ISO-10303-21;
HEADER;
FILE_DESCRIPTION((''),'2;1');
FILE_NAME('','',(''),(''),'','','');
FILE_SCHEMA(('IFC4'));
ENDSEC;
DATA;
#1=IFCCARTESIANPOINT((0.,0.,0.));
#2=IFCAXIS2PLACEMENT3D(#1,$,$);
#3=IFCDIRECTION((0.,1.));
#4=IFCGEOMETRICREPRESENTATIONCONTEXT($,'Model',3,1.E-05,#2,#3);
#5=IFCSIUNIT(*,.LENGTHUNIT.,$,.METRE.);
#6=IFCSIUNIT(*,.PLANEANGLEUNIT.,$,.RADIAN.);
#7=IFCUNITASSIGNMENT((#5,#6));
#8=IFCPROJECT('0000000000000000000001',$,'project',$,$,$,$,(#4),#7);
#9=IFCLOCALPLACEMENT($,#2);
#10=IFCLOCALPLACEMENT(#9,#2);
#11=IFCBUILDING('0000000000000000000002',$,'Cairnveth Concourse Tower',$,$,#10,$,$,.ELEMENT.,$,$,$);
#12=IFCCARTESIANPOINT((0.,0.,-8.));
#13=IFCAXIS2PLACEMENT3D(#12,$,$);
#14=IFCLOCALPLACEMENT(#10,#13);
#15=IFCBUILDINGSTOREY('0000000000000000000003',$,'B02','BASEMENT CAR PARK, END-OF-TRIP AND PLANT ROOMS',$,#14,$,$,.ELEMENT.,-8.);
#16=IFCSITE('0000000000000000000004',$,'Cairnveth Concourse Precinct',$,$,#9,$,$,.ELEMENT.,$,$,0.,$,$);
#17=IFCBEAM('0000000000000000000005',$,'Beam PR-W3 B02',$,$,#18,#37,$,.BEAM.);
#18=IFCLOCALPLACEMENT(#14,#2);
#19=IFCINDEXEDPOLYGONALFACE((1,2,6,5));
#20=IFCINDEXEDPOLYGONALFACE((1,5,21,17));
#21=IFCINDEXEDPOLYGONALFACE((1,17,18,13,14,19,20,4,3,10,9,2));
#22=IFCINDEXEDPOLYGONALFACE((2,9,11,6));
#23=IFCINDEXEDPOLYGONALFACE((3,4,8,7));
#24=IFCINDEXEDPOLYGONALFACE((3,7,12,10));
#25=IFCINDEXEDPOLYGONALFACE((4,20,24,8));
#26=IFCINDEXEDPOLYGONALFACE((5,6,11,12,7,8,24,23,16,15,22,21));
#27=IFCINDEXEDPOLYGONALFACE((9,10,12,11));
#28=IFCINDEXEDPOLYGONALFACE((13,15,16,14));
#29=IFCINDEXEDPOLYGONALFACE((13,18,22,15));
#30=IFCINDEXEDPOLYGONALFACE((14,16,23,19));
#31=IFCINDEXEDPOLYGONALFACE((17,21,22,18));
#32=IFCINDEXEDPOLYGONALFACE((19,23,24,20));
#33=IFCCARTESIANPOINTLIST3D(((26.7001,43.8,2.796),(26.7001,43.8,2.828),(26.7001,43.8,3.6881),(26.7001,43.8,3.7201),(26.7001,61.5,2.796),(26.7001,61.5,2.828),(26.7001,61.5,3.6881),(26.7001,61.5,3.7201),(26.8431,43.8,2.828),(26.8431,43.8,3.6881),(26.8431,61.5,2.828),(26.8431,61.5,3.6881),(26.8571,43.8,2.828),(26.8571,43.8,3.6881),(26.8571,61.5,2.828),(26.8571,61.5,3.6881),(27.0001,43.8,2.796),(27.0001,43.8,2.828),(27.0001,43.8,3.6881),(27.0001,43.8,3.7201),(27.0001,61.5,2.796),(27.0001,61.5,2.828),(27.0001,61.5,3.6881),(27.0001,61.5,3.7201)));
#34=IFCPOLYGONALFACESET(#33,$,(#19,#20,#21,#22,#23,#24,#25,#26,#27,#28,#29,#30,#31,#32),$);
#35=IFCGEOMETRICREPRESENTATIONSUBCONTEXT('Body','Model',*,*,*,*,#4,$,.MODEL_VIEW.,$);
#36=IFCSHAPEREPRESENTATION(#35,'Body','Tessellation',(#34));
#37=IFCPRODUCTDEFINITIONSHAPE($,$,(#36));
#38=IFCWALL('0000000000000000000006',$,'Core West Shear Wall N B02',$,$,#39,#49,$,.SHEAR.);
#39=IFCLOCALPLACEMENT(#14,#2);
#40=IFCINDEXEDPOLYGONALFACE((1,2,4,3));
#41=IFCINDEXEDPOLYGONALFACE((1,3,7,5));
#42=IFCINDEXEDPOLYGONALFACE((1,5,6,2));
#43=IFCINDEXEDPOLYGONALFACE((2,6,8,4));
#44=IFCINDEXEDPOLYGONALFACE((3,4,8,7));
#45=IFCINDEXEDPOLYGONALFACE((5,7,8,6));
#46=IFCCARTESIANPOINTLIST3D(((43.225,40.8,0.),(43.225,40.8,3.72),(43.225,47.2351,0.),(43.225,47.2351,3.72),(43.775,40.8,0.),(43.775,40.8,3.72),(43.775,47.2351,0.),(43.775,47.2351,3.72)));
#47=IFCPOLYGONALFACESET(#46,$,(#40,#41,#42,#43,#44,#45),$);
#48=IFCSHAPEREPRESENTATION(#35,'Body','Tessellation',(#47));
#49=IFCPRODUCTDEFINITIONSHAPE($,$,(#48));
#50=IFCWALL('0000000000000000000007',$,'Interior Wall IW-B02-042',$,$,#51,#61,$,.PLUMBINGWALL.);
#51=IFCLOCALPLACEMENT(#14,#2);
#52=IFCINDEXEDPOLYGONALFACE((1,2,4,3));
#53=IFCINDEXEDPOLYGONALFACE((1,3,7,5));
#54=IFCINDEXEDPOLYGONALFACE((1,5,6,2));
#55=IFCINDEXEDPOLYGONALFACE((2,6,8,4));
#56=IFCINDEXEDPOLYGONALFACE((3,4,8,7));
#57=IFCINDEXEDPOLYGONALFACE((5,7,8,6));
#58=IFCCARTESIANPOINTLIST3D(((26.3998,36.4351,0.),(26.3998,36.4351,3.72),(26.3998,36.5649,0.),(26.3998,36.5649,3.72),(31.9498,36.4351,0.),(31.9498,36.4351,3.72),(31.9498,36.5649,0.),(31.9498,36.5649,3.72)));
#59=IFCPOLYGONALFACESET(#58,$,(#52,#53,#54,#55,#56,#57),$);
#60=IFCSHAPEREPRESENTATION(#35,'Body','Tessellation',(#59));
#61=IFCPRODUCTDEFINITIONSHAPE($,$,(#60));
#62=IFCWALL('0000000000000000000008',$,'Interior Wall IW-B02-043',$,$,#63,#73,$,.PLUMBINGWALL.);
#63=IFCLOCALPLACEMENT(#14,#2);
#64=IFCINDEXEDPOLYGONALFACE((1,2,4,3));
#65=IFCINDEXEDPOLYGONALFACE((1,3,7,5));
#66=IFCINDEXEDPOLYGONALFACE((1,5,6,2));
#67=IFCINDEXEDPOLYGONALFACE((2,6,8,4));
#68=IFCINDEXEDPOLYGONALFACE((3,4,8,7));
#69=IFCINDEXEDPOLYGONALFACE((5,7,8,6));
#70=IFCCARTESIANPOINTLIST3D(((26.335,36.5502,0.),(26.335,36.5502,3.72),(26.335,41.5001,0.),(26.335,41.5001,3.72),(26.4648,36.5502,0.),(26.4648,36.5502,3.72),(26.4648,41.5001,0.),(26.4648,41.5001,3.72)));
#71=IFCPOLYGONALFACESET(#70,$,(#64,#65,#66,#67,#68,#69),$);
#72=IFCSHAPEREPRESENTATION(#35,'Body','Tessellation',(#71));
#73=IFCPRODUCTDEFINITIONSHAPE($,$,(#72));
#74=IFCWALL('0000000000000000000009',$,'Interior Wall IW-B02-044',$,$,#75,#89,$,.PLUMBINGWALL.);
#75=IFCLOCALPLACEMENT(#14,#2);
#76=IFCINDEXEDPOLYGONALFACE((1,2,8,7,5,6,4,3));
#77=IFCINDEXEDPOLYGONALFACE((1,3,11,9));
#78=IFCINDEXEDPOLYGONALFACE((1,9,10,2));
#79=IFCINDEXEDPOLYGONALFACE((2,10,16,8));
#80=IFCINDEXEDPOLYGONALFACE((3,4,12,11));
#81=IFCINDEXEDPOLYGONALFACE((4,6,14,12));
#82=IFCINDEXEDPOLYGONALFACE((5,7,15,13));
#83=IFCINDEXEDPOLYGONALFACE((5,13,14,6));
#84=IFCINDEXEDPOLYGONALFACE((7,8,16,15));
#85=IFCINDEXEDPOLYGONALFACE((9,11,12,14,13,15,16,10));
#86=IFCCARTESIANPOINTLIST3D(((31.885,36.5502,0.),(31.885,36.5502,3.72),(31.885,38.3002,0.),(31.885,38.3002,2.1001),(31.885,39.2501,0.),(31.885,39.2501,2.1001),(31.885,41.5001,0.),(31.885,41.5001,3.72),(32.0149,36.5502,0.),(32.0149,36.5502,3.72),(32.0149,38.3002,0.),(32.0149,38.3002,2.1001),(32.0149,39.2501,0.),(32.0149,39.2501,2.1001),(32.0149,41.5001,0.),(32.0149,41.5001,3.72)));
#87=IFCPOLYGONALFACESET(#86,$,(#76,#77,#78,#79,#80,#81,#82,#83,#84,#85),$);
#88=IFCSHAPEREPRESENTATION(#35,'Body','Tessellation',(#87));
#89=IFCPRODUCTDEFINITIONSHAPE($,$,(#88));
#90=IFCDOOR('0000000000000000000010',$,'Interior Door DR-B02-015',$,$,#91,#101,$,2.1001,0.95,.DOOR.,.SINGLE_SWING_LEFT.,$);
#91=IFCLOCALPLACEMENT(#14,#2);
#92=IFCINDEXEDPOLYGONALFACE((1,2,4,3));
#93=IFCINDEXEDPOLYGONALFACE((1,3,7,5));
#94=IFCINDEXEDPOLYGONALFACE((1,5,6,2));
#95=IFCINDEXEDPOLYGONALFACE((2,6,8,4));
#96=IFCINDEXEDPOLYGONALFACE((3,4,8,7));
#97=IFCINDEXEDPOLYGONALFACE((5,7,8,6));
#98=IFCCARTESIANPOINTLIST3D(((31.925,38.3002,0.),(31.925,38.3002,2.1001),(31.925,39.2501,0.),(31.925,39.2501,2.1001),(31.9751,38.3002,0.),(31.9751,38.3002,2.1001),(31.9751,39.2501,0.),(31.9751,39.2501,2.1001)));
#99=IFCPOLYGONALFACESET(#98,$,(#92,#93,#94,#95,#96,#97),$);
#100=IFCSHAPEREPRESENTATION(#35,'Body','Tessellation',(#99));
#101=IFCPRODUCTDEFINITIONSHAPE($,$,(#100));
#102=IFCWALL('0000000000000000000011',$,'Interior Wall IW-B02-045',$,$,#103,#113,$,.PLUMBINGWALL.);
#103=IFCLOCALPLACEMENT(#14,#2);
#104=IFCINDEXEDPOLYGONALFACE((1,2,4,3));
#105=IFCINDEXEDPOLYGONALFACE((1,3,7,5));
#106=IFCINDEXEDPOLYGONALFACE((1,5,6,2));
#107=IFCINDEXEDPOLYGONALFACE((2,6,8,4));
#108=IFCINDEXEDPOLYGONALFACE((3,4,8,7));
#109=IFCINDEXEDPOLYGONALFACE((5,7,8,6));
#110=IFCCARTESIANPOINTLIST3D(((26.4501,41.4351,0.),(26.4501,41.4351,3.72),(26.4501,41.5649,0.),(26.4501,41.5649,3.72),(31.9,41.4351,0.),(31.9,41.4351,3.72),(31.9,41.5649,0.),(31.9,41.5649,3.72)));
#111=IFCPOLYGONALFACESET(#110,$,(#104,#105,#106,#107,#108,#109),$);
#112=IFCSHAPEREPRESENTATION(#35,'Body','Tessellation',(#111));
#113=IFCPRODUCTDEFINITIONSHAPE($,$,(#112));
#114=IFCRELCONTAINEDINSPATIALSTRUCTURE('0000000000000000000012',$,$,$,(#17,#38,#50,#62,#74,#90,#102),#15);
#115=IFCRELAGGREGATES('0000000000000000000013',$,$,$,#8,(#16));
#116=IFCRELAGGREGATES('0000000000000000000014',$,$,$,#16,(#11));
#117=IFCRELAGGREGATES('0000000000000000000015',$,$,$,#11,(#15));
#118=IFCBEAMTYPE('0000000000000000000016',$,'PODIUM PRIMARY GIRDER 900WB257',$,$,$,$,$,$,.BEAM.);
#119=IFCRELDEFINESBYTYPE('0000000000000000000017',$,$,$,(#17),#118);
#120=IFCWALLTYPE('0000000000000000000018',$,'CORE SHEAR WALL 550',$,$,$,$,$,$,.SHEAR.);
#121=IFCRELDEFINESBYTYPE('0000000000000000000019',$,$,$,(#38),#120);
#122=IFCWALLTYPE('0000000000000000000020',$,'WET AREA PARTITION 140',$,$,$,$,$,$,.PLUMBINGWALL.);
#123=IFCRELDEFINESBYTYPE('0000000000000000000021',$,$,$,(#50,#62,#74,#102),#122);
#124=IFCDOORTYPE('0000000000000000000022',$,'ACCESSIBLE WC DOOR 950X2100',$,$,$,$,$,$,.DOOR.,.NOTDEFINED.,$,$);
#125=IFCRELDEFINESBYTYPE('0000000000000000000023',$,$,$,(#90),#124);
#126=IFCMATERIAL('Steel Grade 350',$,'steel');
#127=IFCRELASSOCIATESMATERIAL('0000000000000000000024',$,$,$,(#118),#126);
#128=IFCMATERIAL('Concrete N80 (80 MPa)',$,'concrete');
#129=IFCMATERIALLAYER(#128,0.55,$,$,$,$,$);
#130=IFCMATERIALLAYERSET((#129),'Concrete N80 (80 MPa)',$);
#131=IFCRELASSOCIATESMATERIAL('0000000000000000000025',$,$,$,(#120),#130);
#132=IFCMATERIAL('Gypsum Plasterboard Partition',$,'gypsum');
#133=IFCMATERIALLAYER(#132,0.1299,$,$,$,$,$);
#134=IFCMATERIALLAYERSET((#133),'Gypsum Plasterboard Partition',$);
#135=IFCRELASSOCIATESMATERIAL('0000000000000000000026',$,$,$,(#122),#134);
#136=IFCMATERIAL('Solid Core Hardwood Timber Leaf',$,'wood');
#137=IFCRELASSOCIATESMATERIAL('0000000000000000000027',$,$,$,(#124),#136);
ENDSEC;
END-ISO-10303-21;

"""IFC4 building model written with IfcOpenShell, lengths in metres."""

from ifc_helpers import new_model, si_unit, direction, frame, frame_2d, origin, origin_2d, place, context, subcontext, project, spatial, rectangle, i_section, extrude, material, layer, layer_set, material_profile, profile_set, type_object, element, fill, save


model = new_model("IFC4")

# Units and contexts
model_context = context("Model", 3, precision=1e-05, world=origin(), true_north=direction((0.0, 1.0)))
body_context = subcontext(model_context, "Body", "Model", "MODEL_VIEW")
ifc_project = project(units=[si_unit("LENGTHUNIT", "METRE"), si_unit("PLANEANGLEUNIT", "RADIAN")], contexts=[model_context])

# Site, building, storey
site_placement = place(None, origin())
site = spatial("IfcSite", under=ifc_project, at=site_placement, Name="Cairnveth Concourse Precinct", CompositionType="ELEMENT", RefElevation=0.0)
building_placement = place(site_placement, origin())
building = spatial("IfcBuilding", under=site, at=building_placement, Name="Cairnveth Concourse Tower", CompositionType="ELEMENT")
storey_placement = place(building_placement, frame((0.0, 0.0, -8.0)))
storey = spatial("IfcBuildingStorey", under=building, at=storey_placement, Name="B02", Description="BASEMENT CAR PARK, END-OF-TRIP AND PLANT ROOMS", CompositionType="ELEMENT", Elevation=-8.0)

# Shared definitions
ifc_material_1 = material(Name="Concrete N80 (80 MPa)", Category="concrete")

# Beam
ifc_material_2 = material(Name="Steel Grade 350", Category="steel")
ifc_material_profile_1 = material_profile(ifc_material_2, i_section(OverallWidth=0.3, OverallDepth=0.9241, WebThickness=0.0139, FlangeThickness=0.032, at=origin_2d()), Name="900WB257")
ifc_profile_set_1 = profile_set([ifc_material_profile_1], Name="Steel Grade 350")
beam_type_1 = type_object("IfcBeamType", Name="PODIUM PRIMARY GIRDER 900WB257", PredefinedType="BEAM", material=ifc_profile_set_1)
beam_1_placement = place(storey_placement, frame((26.8501, 43.8, 3.2581), z_axis=(0.0, 1.0, 0.0), x_axis=(-1.0, 0.0, 0.0)))
element("IfcBeam", 1, at=beam_1_placement, inside=storey, type_object=beam_type_1, Name="Beam PR-W3 B02", PredefinedType="BEAM", context=body_context, shape_type="SweptSolid", body=[
    extrude(i_section(OverallWidth=0.3, OverallDepth=0.9241, WebThickness=0.0139, FlangeThickness=0.032, at=origin_2d()), origin(), (0.0, 0.0, 1.0), 17.7),
])

# Wall
ifc_layer_1 = layer(ifc_material_1, 0.55)
ifc_layer_set_1 = layer_set([ifc_layer_1], Name="Concrete N80 (80 MPa)")
wall_type_1 = type_object("IfcWallType", Name="CORE SHEAR WALL 550", PredefinedType="SHEAR", material=ifc_layer_set_1)
wall_1_placement = place(storey_placement, frame((43.5, 40.8, 0.0), z_axis=(0.0, 0.0, 1.0), x_axis=(0.0, 1.0, 0.0)))
element("IfcWall", 2, at=wall_1_placement, inside=storey, type_object=wall_type_1, Name="Core West Shear Wall N B02", PredefinedType="SHEAR", context=body_context, shape_type="SweptSolid", body=[
    extrude(rectangle(XDim=6.4351, YDim=0.55, at=frame_2d((3.2175, 0.0))), origin(), (0.0, 0.0, 1.0), 3.72),
])

# Walls
ifc_material_3 = material(Name="Gypsum Plasterboard Partition", Category="gypsum")
ifc_layer_2 = layer(ifc_material_3, 0.1299)
ifc_layer_set_2 = layer_set([ifc_layer_2], Name="Gypsum Plasterboard Partition")
wall_type_2 = type_object("IfcWallType", Name="WET AREA PARTITION 140", PredefinedType="PLUMBINGWALL", material=ifc_layer_set_2)
wall_2_placement = place(storey_placement, frame((26.3999, 36.5, 0.0), z_axis=(0.0, 0.0, 1.0), x_axis=(1.0, 0.0, 0.0)))
element("IfcWall", 3, at=wall_2_placement, inside=storey, type_object=wall_type_2, Name="Interior Wall IW-B02-042", PredefinedType="PLUMBINGWALL", context=body_context, shape_type="SweptSolid", body=[
    extrude(rectangle(XDim=5.55, YDim=0.1299, at=frame_2d((2.7749, 0.0))), origin(), (0.0, 0.0, 1.0), 3.72),
])
wall_3_placement = place(storey_placement, frame((26.3999, 36.55, 0.0), z_axis=(0.0, 0.0, 1.0), x_axis=(0.0, 1.0, 0.0)))
element("IfcWall", 4, at=wall_3_placement, inside=storey, type_object=wall_type_2, Name="Interior Wall IW-B02-043", PredefinedType="PLUMBINGWALL", context=body_context, shape_type="SweptSolid", body=[
    extrude(rectangle(XDim=4.95, YDim=0.1299, at=frame_2d((2.4751, 0.0))), origin(), (0.0, 0.0, 1.0), 3.72),
])

# Wall, opening, door
wall_4_placement = place(storey_placement, frame((31.95, 36.55, 0.0), z_axis=(0.0, 0.0, 1.0), x_axis=(0.0, 1.0, 0.0)))
wall_4 = element("IfcWall", 5, at=wall_4_placement, inside=storey, type_object=wall_type_2, Name="Interior Wall IW-B02-044", PredefinedType="PLUMBINGWALL", context=body_context, shape_type="SweptSolid", body=[
    extrude(rectangle(XDim=4.95, YDim=0.1299, at=frame_2d((2.4751, 0.0))), origin(), (0.0, 0.0, 1.0), 3.72),
])
opening_1_placement = place(wall_4_placement, frame((1.75, 0.0, 0.0)))
opening_1 = element("IfcOpeningElement", 6, at=opening_1_placement, cuts=wall_4, PredefinedType="OPENING", context=body_context, shape_type="SweptSolid", body=[
    extrude(rectangle(XDim=0.95, YDim=2.1001, at=frame_2d((0.4751, 1.05))), frame((0.0, 0.075, 0.0), z_axis=(0.0, -1.0, 0.0), x_axis=(1.0, 0.0, 0.0)), (0.0, 0.0, 1.0), 0.1499),
])
ifc_material_4 = material(Name="Solid Core Hardwood Timber Leaf", Category="wood")
door_type_1 = type_object("IfcDoorType", Name="ACCESSIBLE WC DOOR 950X2100", OperationType="NOTDEFINED", PredefinedType="DOOR", material=ifc_material_4)
door_1_placement = place(opening_1_placement, origin())
door_1 = element("IfcDoor", 7, at=door_1_placement, inside=storey, type_object=door_type_1, Name="Interior Door DR-B02-015", OperationType="SINGLE_SWING_LEFT", OverallHeight=2.1001, OverallWidth=0.95, PredefinedType="DOOR", context=body_context, shape_type="SweptSolid", body=[
    extrude(rectangle(XDim=0.95, YDim=2.1001, at=frame_2d((0.4751, 1.05))), frame((0.0, 0.0249, 0.0), z_axis=(0.0, -1.0, 0.0), x_axis=(1.0, 0.0, 0.0)), (0.0, 0.0, 1.0), 0.05),
])
fill(opening_1, door_1)

# Wall
wall_5_placement = place(storey_placement, frame((26.45, 41.5, 0.0), z_axis=(0.0, 0.0, 1.0), x_axis=(1.0, 0.0, 0.0)))
element("IfcWall", 8, at=wall_5_placement, inside=storey, type_object=wall_type_2, Name="Interior Wall IW-B02-045", PredefinedType="PLUMBINGWALL", context=body_context, shape_type="SweptSolid", body=[
    extrude(rectangle(XDim=5.45, YDim=0.1299, at=frame_2d((2.7251, 0.0))), origin(), (0.0, 0.0, 1.0), 3.72),
])

save(model, "model.ifc")
